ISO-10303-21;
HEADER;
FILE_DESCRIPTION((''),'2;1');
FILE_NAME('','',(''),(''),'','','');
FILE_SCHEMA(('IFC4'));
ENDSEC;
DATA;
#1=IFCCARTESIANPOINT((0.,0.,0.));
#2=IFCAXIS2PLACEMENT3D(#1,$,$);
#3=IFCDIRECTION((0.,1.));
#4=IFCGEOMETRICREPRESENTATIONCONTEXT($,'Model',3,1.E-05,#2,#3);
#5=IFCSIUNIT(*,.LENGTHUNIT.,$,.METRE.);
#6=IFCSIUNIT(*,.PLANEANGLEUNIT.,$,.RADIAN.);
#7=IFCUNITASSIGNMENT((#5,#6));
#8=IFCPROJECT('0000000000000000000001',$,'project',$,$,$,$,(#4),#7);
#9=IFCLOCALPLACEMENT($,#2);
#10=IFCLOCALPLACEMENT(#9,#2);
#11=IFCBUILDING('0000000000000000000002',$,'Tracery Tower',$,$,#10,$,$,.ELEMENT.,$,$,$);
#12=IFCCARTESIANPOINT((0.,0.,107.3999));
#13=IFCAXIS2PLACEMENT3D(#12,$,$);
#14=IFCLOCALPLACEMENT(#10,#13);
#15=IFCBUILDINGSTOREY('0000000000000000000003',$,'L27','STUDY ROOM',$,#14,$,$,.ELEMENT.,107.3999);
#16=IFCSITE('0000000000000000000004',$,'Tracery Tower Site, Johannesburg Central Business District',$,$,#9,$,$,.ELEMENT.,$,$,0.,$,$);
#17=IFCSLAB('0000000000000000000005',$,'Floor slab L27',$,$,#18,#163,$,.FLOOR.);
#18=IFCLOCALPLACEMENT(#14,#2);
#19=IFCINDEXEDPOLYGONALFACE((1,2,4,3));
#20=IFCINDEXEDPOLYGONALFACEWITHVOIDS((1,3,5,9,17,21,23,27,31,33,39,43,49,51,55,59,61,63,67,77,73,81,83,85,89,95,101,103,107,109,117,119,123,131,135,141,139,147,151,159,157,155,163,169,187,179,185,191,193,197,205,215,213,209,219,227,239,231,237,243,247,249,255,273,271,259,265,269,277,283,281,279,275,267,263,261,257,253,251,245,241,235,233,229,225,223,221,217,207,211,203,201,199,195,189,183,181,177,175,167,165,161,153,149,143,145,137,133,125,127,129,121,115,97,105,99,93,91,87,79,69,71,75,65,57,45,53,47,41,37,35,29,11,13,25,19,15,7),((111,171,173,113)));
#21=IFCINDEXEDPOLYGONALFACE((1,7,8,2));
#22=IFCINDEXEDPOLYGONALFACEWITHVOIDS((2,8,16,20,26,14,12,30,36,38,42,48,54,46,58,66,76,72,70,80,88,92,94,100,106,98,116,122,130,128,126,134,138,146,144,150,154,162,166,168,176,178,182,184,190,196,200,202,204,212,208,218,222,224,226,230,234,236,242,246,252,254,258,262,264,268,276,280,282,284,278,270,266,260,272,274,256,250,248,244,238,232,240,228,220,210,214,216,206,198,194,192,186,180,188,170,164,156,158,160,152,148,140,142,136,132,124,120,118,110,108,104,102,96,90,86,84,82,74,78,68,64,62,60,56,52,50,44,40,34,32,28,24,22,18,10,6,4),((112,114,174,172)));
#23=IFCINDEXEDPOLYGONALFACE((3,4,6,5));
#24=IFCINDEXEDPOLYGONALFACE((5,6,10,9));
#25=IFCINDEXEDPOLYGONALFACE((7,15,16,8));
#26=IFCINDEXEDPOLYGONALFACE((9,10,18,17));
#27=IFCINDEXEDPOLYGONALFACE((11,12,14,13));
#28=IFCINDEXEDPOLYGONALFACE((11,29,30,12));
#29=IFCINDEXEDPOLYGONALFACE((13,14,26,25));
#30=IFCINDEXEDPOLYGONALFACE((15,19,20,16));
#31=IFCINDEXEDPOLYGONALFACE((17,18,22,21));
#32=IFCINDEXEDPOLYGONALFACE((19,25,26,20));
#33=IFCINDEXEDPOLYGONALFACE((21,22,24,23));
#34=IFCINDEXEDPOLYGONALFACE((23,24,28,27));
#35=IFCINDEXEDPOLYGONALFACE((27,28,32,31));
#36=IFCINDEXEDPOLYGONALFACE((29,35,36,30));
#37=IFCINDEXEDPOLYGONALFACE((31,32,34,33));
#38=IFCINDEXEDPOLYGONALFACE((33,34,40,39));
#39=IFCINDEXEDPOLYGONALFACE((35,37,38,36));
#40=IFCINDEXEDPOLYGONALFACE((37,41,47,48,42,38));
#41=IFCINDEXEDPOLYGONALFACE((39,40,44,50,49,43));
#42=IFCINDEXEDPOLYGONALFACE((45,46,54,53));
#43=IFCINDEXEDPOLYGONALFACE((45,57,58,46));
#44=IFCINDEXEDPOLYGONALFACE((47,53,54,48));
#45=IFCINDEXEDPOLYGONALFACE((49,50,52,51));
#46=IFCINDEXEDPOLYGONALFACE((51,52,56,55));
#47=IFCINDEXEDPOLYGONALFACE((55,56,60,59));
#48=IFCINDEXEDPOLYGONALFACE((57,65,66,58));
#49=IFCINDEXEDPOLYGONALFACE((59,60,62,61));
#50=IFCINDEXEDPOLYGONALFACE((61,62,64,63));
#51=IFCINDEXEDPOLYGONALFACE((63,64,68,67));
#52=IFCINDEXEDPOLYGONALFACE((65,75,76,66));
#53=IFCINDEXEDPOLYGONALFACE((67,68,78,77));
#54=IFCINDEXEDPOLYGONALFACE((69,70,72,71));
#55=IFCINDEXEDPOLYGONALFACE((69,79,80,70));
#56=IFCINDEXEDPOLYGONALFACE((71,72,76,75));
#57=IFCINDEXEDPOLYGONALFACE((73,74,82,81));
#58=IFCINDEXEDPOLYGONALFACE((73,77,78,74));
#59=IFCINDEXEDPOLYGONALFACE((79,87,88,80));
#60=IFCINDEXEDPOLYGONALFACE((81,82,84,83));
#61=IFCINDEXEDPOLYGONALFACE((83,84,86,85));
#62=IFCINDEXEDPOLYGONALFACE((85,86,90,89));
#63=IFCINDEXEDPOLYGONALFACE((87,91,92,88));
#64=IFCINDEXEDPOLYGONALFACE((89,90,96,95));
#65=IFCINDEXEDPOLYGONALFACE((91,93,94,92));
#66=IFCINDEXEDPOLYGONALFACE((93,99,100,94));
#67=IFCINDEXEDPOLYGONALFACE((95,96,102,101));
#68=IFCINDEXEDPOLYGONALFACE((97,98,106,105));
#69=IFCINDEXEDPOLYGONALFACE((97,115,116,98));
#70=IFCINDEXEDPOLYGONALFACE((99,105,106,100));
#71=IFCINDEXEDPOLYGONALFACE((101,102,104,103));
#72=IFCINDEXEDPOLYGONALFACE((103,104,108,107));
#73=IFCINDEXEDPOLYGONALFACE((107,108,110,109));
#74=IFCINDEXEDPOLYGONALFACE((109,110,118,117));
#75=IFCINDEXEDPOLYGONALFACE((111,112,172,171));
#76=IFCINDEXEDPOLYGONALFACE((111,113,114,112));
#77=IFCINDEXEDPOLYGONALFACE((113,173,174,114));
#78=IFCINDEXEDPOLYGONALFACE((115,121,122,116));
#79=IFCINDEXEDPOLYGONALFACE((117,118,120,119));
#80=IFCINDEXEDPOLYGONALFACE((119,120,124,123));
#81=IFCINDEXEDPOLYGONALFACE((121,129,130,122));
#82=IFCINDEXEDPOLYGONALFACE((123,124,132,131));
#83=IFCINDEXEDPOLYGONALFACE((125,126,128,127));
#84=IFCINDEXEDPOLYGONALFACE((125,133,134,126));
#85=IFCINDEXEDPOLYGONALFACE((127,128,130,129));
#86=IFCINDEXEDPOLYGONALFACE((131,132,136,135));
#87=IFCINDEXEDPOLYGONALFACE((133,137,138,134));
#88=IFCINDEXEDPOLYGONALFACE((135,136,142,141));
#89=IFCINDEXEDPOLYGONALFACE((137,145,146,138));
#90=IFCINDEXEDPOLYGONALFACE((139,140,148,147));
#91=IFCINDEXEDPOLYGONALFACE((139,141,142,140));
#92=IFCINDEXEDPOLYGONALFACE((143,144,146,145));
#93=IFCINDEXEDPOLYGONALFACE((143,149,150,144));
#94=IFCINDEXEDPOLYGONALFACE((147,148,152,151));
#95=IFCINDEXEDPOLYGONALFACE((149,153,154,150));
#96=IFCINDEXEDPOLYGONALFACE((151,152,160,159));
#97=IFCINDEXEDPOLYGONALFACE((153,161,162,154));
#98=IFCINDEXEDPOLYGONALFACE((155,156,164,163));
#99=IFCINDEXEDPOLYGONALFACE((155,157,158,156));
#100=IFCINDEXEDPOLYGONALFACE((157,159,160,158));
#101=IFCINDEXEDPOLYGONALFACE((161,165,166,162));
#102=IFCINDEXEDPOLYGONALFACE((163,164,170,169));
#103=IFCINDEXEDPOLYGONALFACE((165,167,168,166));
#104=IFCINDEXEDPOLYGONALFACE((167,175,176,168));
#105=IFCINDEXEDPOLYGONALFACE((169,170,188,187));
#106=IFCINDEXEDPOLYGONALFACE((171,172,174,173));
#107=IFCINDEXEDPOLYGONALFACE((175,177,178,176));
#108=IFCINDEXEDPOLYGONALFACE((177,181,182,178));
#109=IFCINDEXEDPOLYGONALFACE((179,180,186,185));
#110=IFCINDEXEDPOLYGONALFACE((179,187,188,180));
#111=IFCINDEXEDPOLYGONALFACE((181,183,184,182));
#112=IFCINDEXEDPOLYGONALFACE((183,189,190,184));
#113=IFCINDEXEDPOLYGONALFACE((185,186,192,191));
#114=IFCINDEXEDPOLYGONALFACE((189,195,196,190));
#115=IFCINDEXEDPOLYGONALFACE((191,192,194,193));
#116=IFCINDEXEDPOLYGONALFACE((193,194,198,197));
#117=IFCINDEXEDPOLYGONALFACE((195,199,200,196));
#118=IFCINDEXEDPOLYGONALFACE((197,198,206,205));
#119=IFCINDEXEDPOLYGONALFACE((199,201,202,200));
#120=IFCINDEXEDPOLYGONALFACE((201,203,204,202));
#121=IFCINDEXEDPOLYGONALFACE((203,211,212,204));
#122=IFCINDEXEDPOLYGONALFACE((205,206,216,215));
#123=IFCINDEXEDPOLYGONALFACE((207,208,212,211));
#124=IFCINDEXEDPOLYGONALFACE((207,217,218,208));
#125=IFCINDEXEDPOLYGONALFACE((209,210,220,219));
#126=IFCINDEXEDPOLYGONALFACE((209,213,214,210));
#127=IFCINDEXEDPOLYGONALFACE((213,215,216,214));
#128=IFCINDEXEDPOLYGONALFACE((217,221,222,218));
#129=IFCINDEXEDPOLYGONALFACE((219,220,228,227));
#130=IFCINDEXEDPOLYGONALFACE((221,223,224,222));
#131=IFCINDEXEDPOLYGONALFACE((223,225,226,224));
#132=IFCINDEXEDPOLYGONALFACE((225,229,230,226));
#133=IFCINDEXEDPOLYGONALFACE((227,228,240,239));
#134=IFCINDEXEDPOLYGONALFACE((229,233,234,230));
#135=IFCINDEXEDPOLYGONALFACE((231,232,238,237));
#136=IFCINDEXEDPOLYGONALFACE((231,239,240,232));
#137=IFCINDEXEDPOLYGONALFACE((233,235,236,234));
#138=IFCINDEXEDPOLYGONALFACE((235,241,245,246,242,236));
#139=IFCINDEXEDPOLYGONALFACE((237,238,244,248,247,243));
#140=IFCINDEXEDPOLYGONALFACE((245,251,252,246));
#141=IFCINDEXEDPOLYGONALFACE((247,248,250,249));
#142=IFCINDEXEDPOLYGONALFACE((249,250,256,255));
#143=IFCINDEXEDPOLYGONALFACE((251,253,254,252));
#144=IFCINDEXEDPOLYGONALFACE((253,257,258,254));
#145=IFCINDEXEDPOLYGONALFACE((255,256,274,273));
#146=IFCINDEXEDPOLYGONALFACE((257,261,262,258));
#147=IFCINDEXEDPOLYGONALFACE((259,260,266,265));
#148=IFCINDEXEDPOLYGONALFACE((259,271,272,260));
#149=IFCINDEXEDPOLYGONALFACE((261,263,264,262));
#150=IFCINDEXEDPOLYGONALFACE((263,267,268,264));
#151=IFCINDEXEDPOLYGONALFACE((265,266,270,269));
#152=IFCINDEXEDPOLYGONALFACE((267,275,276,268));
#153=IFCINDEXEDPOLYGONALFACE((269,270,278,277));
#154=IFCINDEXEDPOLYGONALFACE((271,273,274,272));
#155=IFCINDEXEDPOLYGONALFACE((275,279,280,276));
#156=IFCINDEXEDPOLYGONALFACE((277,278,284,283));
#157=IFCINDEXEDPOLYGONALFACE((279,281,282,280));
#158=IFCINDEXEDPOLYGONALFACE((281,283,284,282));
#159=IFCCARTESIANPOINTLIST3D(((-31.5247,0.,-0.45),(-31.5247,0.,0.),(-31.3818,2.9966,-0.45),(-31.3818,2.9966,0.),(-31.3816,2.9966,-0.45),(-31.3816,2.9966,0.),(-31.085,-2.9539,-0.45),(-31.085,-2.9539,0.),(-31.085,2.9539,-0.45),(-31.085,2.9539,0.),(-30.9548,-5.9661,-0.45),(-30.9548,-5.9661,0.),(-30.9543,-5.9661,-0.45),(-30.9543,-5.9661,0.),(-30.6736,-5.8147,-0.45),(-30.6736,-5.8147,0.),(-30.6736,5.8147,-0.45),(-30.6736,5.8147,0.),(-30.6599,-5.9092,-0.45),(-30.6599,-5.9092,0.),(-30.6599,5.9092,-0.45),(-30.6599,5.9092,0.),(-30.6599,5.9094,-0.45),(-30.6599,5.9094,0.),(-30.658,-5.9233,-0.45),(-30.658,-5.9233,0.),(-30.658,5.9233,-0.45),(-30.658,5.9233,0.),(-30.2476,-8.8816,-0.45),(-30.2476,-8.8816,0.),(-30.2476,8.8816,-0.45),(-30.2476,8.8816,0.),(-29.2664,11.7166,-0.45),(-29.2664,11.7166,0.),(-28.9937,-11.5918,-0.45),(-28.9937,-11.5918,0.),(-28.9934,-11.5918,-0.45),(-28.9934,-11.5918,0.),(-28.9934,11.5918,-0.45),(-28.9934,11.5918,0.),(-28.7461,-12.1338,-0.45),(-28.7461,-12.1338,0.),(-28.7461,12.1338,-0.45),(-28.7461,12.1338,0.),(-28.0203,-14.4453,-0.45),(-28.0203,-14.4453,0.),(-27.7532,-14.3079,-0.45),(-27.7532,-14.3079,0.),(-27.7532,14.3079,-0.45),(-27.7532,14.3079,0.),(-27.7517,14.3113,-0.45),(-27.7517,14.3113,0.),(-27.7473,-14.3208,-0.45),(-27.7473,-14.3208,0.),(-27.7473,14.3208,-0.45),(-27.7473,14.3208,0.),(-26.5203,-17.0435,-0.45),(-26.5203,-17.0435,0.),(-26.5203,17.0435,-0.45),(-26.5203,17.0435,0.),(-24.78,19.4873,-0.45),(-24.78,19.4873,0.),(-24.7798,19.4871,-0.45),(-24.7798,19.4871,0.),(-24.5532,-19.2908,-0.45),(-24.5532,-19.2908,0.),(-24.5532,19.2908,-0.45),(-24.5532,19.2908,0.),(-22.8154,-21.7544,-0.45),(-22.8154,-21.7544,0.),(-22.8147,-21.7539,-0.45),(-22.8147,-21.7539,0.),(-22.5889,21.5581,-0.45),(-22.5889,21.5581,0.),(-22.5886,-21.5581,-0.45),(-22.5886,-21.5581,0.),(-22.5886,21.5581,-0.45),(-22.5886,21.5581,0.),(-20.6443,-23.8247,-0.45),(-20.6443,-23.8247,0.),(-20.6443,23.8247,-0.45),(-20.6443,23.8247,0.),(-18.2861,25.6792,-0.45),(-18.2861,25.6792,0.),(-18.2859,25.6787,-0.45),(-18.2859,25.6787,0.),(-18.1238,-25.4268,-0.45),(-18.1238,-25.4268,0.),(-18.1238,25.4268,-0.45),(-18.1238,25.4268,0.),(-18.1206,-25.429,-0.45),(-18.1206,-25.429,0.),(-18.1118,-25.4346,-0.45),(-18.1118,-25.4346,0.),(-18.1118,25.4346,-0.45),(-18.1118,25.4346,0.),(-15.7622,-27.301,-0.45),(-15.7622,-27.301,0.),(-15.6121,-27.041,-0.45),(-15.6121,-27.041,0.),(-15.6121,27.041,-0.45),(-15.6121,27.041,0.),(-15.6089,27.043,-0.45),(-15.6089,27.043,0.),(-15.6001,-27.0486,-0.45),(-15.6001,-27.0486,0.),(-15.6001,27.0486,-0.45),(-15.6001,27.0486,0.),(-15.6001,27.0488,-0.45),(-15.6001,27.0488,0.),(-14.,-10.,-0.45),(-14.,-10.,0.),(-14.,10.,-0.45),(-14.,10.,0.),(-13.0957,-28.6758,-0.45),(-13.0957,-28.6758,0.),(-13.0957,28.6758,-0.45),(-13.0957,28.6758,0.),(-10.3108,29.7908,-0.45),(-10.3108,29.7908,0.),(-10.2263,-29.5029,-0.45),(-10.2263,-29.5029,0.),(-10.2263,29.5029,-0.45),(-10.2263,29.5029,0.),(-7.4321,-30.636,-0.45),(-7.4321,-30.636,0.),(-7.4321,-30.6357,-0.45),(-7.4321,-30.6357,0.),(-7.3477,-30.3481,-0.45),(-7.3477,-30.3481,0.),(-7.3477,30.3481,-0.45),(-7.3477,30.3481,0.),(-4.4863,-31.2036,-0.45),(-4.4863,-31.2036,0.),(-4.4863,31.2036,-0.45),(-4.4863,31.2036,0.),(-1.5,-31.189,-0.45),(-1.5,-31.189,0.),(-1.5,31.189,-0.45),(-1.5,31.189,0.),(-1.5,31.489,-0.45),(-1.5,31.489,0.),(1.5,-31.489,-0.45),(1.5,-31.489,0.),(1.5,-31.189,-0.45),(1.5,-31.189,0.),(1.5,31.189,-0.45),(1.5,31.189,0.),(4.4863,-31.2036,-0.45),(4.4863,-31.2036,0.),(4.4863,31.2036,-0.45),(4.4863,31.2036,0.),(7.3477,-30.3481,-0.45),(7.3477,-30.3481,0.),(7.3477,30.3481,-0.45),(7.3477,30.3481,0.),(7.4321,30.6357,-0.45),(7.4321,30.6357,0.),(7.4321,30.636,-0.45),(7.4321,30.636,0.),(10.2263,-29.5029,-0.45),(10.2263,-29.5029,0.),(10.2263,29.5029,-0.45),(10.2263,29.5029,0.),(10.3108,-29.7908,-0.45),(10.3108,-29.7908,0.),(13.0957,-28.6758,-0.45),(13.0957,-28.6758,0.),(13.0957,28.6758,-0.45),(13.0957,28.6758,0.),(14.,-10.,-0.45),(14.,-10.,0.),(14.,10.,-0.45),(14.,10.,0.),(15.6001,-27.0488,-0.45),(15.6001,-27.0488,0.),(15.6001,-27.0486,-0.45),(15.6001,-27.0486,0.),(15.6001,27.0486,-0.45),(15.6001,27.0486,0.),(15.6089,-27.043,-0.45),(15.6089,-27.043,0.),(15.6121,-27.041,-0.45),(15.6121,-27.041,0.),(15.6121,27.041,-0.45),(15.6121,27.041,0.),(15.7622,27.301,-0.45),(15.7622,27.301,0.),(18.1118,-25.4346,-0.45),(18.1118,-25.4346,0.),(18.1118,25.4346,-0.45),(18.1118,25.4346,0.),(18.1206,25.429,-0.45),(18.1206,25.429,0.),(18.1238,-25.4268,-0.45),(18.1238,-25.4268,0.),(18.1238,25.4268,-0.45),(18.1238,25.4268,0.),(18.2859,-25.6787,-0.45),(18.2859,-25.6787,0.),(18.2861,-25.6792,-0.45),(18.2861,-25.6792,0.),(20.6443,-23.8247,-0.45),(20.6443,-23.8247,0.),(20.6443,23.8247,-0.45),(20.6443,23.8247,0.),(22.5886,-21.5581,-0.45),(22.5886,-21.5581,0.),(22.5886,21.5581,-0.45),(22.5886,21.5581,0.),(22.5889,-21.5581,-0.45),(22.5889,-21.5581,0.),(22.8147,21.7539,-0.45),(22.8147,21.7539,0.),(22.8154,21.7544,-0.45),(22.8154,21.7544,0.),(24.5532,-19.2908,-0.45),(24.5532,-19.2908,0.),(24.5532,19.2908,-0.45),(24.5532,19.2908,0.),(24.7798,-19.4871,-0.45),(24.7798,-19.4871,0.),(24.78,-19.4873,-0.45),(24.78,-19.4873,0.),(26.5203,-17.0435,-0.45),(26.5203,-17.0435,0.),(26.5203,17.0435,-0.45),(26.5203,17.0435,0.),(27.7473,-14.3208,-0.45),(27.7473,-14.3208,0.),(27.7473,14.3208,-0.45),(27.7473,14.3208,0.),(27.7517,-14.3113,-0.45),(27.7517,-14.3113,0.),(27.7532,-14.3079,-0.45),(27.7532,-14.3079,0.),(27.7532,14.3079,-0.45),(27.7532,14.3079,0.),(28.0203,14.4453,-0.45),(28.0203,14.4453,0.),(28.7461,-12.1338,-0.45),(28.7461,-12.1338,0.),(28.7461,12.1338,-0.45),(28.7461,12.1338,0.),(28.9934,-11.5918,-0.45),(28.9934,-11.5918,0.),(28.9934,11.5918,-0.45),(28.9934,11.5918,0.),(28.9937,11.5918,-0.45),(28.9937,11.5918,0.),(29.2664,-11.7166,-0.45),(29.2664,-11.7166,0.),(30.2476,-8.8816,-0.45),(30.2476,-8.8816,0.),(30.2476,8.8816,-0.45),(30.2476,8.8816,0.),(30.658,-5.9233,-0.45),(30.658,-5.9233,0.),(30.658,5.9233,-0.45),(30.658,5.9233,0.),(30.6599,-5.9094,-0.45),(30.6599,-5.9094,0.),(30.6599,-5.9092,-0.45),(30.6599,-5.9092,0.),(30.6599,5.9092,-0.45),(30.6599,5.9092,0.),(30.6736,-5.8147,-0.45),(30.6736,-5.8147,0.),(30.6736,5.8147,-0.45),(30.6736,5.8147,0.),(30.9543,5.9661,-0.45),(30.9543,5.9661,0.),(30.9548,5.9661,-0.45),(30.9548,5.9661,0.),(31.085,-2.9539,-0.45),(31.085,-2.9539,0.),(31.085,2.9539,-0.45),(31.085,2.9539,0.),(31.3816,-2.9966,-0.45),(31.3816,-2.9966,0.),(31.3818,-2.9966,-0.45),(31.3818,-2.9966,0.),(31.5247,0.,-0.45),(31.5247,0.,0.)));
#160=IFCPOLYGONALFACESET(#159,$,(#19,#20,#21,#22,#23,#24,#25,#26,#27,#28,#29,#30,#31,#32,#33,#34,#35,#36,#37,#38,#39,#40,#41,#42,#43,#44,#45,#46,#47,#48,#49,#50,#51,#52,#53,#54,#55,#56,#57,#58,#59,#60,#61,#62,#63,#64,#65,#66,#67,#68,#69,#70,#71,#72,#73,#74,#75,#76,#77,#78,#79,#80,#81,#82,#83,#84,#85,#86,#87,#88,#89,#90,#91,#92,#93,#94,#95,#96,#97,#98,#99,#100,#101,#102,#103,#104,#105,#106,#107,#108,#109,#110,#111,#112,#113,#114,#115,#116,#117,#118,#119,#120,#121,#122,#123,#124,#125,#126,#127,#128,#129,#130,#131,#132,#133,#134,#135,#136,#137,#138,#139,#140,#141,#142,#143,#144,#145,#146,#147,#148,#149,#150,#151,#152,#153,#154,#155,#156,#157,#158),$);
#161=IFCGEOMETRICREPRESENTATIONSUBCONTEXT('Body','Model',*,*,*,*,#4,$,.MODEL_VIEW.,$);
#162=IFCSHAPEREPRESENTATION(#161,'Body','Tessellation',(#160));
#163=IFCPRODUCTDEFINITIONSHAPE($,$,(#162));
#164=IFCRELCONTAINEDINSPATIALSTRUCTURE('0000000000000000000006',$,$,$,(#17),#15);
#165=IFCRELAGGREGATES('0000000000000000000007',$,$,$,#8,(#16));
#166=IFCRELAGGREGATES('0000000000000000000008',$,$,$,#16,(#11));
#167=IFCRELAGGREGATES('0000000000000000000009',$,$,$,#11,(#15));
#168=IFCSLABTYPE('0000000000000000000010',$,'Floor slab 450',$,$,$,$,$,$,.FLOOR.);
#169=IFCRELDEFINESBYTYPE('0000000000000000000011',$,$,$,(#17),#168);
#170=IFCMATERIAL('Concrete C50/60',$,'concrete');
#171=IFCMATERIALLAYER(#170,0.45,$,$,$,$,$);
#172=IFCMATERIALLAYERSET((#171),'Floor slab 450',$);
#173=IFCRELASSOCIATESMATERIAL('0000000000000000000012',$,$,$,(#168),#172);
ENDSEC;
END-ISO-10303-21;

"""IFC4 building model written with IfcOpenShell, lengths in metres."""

from ifc_helpers import new_model, si_unit, direction, frame, origin, place, context, subcontext, project, spatial, polyline, outline, extrude, material, layer, layer_set, type_object, element, save


model = new_model("IFC4")

# Units and contexts
model_context = context("Model", 3, precision=1e-05, world=origin(), true_north=direction((0.0, 1.0)))
body_context = subcontext(model_context, "Body", "Model", "MODEL_VIEW")
ifc_project = project(units=[si_unit("LENGTHUNIT", "METRE"), si_unit("PLANEANGLEUNIT", "RADIAN")], contexts=[model_context])

# Site, building, storey
site_placement = place(None, origin())
site = spatial("IfcSite", under=ifc_project, at=site_placement, Name="Tracery Tower Site, Johannesburg Central Business District", CompositionType="ELEMENT", RefElevation=0.0)
building_placement = place(site_placement, origin())
building = spatial("IfcBuilding", under=site, at=building_placement, Name="Tracery Tower", CompositionType="ELEMENT")
storey_placement = place(building_placement, frame((0.0, 0.0, 107.3999)))
storey = spatial("IfcBuildingStorey", under=building, at=storey_placement, Name="L27", Description="STUDY ROOM", CompositionType="ELEMENT", Elevation=107.3999)

# Slab
ifc_material_1 = material(Name="Concrete C50/60", Category="concrete")
ifc_layer_1 = layer(ifc_material_1, 0.45)
ifc_layer_set_1 = layer_set([ifc_layer_1], Name="Floor slab 450")
slab_type_1 = type_object("IfcSlabType", Name="Floor slab 450", PredefinedType="FLOOR", material=ifc_layer_set_1)
slab_1_placement = place(storey_placement, frame((0.0, 0.0, -0.45)))
element("IfcSlab", 1, at=slab_1_placement, inside=storey, type_object=slab_type_1, Name="Floor slab L27", PredefinedType="FLOOR", context=body_context, shape_type="SweptSolid", body=[
    extrude(outline(polyline([(31.085, 2.9539), (31.085, 2.9539), (30.6736, 5.8147), (30.6599, 5.9092), (30.6599, 5.9092), (30.658, 5.9233), (30.9543, 5.9661), (30.9548, 5.9661), (30.2476, 8.8816), (28.9937, 11.5918), (28.9934, 11.5918), (28.7461, 12.1338), (27.7532, 14.3079), (27.7532, 14.3079), (27.7473, 14.3208), (28.0203, 14.4453), (26.5203, 17.0435), (24.5532, 19.2908), (24.5532, 19.2908), (22.5886, 21.5581), (22.8147, 21.7539), (22.8154, 21.7544), (20.6443, 23.8247), (18.1238, 25.4268), (18.1238, 25.4268), (18.1206, 25.429), (18.1118, 25.4346), (15.6121, 27.041), (15.6121, 27.041), (15.6001, 27.0486), (15.7622, 27.301), (13.0957, 28.6758), (10.2263, 29.5029), (10.2263, 29.5029), (7.3477, 30.3481), (7.4321, 30.6357), (7.4321, 30.636), (4.4863, 31.2036), (1.5, 31.189), (1.5, 31.189), (-1.5, 31.189), (-1.5, 31.489), (-4.4863, 31.2036), (-7.3477, 30.3481), (-7.3477, 30.3481), (-10.2263, 29.5029), (-10.3108, 29.7908), (-10.3108, 29.7908), (-13.0957, 28.6758), (-15.6001, 27.0488), (-15.6001, 27.0486), (-15.6089, 27.043), (-15.6121, 27.041), (-18.1118, 25.4346), (-18.1118, 25.4346), (-18.1238, 25.4268), (-18.2859, 25.6787), (-18.2861, 25.6792), (-20.6443, 23.8247), (-22.5889, 21.5581), (-22.5886, 21.5581), (-24.5532, 19.2908), (-24.7798, 19.4871), (-24.78, 19.4873), (-26.5203, 17.0435), (-27.7473, 14.3208), (-27.7473, 14.3208), (-27.7517, 14.3113), (-27.7532, 14.3079), (-28.7461, 12.1338), (-28.9934, 11.5918), (-29.2664, 11.7166), (-30.2476, 8.8816), (-30.658, 5.9233), (-30.658, 5.9233), (-30.6599, 5.9094), (-30.6599, 5.9092), (-30.6736, 5.8147), (-31.085, 2.9539), (-31.3816, 2.9966), (-31.3818, 2.9966), (-31.5247, 0.0), (-31.085, -2.9539), (-31.085, -2.9539), (-30.6736, -5.8147), (-30.6599, -5.9092), (-30.6599, -5.9092), (-30.658, -5.9233), (-30.9543, -5.9661), (-30.9548, -5.9661), (-30.2476, -8.8816), (-28.9937, -11.5918), (-28.9934, -11.5918), (-28.7461, -12.1338), (-27.7532, -14.3079), (-27.7532, -14.3079), (-27.7473, -14.3208), (-28.0203, -14.4453), (-26.5203, -17.0435), (-24.5532, -19.2908), (-24.5532, -19.2908), (-22.5886, -21.5581), (-22.8147, -21.7539), (-22.8154, -21.7544), (-20.6443, -23.8247), (-18.1238, -25.4268), (-18.1238, -25.4268), (-18.1206, -25.429), (-18.1118, -25.4346), (-15.6121, -27.041), (-15.6121, -27.041), (-15.6001, -27.0486), (-15.7622, -27.301), (-13.0957, -28.6758), (-10.2263, -29.5029), (-10.2263, -29.5029), (-7.3477, -30.3481), (-7.4321, -30.6357), (-7.4321, -30.636), (-4.4863, -31.2036), (-1.5, -31.189), (-1.5, -31.189), (1.5, -31.189), (1.5, -31.489), (4.4863, -31.2036), (7.3477, -30.3481), (7.3477, -30.3481), (10.2263, -29.5029), (10.3108, -29.7908), (10.3108, -29.7908), (13.0957, -28.6758), (15.6001, -27.0488), (15.6001, -27.0486), (15.6089, -27.043), (15.6121, -27.041), (18.1118, -25.4346), (18.1118, -25.4346), (18.1238, -25.4268), (18.2859, -25.6787), (18.2861, -25.6792), (20.6443, -23.8247), (22.5889, -21.5581), (22.5886, -21.5581), (24.5532, -19.2908), (24.7798, -19.4871), (24.78, -19.4873), (26.5203, -17.0435), (27.7473, -14.3208), (27.7473, -14.3208), (27.7517, -14.3113), (27.7532, -14.3079), (28.7461, -12.1338), (28.9934, -11.5918), (29.2664, -11.7166), (30.2476, -8.8816), (30.658, -5.9233), (30.658, -5.9233), (30.6599, -5.9094), (30.6599, -5.9092), (30.6736, -5.8147), (31.085, -2.9539), (31.3816, -2.9966), (31.3818, -2.9966), (31.5247, 0.0), (31.085, 2.9539)]), holes=[polyline([(-14.0, -10.0), (14.0, -10.0), (14.0, 10.0), (-14.0, 10.0), (-14.0, -10.0)])]), origin(), (0.0, 0.0, 1.0), 0.45),
])

save(model, "model.ifc")
